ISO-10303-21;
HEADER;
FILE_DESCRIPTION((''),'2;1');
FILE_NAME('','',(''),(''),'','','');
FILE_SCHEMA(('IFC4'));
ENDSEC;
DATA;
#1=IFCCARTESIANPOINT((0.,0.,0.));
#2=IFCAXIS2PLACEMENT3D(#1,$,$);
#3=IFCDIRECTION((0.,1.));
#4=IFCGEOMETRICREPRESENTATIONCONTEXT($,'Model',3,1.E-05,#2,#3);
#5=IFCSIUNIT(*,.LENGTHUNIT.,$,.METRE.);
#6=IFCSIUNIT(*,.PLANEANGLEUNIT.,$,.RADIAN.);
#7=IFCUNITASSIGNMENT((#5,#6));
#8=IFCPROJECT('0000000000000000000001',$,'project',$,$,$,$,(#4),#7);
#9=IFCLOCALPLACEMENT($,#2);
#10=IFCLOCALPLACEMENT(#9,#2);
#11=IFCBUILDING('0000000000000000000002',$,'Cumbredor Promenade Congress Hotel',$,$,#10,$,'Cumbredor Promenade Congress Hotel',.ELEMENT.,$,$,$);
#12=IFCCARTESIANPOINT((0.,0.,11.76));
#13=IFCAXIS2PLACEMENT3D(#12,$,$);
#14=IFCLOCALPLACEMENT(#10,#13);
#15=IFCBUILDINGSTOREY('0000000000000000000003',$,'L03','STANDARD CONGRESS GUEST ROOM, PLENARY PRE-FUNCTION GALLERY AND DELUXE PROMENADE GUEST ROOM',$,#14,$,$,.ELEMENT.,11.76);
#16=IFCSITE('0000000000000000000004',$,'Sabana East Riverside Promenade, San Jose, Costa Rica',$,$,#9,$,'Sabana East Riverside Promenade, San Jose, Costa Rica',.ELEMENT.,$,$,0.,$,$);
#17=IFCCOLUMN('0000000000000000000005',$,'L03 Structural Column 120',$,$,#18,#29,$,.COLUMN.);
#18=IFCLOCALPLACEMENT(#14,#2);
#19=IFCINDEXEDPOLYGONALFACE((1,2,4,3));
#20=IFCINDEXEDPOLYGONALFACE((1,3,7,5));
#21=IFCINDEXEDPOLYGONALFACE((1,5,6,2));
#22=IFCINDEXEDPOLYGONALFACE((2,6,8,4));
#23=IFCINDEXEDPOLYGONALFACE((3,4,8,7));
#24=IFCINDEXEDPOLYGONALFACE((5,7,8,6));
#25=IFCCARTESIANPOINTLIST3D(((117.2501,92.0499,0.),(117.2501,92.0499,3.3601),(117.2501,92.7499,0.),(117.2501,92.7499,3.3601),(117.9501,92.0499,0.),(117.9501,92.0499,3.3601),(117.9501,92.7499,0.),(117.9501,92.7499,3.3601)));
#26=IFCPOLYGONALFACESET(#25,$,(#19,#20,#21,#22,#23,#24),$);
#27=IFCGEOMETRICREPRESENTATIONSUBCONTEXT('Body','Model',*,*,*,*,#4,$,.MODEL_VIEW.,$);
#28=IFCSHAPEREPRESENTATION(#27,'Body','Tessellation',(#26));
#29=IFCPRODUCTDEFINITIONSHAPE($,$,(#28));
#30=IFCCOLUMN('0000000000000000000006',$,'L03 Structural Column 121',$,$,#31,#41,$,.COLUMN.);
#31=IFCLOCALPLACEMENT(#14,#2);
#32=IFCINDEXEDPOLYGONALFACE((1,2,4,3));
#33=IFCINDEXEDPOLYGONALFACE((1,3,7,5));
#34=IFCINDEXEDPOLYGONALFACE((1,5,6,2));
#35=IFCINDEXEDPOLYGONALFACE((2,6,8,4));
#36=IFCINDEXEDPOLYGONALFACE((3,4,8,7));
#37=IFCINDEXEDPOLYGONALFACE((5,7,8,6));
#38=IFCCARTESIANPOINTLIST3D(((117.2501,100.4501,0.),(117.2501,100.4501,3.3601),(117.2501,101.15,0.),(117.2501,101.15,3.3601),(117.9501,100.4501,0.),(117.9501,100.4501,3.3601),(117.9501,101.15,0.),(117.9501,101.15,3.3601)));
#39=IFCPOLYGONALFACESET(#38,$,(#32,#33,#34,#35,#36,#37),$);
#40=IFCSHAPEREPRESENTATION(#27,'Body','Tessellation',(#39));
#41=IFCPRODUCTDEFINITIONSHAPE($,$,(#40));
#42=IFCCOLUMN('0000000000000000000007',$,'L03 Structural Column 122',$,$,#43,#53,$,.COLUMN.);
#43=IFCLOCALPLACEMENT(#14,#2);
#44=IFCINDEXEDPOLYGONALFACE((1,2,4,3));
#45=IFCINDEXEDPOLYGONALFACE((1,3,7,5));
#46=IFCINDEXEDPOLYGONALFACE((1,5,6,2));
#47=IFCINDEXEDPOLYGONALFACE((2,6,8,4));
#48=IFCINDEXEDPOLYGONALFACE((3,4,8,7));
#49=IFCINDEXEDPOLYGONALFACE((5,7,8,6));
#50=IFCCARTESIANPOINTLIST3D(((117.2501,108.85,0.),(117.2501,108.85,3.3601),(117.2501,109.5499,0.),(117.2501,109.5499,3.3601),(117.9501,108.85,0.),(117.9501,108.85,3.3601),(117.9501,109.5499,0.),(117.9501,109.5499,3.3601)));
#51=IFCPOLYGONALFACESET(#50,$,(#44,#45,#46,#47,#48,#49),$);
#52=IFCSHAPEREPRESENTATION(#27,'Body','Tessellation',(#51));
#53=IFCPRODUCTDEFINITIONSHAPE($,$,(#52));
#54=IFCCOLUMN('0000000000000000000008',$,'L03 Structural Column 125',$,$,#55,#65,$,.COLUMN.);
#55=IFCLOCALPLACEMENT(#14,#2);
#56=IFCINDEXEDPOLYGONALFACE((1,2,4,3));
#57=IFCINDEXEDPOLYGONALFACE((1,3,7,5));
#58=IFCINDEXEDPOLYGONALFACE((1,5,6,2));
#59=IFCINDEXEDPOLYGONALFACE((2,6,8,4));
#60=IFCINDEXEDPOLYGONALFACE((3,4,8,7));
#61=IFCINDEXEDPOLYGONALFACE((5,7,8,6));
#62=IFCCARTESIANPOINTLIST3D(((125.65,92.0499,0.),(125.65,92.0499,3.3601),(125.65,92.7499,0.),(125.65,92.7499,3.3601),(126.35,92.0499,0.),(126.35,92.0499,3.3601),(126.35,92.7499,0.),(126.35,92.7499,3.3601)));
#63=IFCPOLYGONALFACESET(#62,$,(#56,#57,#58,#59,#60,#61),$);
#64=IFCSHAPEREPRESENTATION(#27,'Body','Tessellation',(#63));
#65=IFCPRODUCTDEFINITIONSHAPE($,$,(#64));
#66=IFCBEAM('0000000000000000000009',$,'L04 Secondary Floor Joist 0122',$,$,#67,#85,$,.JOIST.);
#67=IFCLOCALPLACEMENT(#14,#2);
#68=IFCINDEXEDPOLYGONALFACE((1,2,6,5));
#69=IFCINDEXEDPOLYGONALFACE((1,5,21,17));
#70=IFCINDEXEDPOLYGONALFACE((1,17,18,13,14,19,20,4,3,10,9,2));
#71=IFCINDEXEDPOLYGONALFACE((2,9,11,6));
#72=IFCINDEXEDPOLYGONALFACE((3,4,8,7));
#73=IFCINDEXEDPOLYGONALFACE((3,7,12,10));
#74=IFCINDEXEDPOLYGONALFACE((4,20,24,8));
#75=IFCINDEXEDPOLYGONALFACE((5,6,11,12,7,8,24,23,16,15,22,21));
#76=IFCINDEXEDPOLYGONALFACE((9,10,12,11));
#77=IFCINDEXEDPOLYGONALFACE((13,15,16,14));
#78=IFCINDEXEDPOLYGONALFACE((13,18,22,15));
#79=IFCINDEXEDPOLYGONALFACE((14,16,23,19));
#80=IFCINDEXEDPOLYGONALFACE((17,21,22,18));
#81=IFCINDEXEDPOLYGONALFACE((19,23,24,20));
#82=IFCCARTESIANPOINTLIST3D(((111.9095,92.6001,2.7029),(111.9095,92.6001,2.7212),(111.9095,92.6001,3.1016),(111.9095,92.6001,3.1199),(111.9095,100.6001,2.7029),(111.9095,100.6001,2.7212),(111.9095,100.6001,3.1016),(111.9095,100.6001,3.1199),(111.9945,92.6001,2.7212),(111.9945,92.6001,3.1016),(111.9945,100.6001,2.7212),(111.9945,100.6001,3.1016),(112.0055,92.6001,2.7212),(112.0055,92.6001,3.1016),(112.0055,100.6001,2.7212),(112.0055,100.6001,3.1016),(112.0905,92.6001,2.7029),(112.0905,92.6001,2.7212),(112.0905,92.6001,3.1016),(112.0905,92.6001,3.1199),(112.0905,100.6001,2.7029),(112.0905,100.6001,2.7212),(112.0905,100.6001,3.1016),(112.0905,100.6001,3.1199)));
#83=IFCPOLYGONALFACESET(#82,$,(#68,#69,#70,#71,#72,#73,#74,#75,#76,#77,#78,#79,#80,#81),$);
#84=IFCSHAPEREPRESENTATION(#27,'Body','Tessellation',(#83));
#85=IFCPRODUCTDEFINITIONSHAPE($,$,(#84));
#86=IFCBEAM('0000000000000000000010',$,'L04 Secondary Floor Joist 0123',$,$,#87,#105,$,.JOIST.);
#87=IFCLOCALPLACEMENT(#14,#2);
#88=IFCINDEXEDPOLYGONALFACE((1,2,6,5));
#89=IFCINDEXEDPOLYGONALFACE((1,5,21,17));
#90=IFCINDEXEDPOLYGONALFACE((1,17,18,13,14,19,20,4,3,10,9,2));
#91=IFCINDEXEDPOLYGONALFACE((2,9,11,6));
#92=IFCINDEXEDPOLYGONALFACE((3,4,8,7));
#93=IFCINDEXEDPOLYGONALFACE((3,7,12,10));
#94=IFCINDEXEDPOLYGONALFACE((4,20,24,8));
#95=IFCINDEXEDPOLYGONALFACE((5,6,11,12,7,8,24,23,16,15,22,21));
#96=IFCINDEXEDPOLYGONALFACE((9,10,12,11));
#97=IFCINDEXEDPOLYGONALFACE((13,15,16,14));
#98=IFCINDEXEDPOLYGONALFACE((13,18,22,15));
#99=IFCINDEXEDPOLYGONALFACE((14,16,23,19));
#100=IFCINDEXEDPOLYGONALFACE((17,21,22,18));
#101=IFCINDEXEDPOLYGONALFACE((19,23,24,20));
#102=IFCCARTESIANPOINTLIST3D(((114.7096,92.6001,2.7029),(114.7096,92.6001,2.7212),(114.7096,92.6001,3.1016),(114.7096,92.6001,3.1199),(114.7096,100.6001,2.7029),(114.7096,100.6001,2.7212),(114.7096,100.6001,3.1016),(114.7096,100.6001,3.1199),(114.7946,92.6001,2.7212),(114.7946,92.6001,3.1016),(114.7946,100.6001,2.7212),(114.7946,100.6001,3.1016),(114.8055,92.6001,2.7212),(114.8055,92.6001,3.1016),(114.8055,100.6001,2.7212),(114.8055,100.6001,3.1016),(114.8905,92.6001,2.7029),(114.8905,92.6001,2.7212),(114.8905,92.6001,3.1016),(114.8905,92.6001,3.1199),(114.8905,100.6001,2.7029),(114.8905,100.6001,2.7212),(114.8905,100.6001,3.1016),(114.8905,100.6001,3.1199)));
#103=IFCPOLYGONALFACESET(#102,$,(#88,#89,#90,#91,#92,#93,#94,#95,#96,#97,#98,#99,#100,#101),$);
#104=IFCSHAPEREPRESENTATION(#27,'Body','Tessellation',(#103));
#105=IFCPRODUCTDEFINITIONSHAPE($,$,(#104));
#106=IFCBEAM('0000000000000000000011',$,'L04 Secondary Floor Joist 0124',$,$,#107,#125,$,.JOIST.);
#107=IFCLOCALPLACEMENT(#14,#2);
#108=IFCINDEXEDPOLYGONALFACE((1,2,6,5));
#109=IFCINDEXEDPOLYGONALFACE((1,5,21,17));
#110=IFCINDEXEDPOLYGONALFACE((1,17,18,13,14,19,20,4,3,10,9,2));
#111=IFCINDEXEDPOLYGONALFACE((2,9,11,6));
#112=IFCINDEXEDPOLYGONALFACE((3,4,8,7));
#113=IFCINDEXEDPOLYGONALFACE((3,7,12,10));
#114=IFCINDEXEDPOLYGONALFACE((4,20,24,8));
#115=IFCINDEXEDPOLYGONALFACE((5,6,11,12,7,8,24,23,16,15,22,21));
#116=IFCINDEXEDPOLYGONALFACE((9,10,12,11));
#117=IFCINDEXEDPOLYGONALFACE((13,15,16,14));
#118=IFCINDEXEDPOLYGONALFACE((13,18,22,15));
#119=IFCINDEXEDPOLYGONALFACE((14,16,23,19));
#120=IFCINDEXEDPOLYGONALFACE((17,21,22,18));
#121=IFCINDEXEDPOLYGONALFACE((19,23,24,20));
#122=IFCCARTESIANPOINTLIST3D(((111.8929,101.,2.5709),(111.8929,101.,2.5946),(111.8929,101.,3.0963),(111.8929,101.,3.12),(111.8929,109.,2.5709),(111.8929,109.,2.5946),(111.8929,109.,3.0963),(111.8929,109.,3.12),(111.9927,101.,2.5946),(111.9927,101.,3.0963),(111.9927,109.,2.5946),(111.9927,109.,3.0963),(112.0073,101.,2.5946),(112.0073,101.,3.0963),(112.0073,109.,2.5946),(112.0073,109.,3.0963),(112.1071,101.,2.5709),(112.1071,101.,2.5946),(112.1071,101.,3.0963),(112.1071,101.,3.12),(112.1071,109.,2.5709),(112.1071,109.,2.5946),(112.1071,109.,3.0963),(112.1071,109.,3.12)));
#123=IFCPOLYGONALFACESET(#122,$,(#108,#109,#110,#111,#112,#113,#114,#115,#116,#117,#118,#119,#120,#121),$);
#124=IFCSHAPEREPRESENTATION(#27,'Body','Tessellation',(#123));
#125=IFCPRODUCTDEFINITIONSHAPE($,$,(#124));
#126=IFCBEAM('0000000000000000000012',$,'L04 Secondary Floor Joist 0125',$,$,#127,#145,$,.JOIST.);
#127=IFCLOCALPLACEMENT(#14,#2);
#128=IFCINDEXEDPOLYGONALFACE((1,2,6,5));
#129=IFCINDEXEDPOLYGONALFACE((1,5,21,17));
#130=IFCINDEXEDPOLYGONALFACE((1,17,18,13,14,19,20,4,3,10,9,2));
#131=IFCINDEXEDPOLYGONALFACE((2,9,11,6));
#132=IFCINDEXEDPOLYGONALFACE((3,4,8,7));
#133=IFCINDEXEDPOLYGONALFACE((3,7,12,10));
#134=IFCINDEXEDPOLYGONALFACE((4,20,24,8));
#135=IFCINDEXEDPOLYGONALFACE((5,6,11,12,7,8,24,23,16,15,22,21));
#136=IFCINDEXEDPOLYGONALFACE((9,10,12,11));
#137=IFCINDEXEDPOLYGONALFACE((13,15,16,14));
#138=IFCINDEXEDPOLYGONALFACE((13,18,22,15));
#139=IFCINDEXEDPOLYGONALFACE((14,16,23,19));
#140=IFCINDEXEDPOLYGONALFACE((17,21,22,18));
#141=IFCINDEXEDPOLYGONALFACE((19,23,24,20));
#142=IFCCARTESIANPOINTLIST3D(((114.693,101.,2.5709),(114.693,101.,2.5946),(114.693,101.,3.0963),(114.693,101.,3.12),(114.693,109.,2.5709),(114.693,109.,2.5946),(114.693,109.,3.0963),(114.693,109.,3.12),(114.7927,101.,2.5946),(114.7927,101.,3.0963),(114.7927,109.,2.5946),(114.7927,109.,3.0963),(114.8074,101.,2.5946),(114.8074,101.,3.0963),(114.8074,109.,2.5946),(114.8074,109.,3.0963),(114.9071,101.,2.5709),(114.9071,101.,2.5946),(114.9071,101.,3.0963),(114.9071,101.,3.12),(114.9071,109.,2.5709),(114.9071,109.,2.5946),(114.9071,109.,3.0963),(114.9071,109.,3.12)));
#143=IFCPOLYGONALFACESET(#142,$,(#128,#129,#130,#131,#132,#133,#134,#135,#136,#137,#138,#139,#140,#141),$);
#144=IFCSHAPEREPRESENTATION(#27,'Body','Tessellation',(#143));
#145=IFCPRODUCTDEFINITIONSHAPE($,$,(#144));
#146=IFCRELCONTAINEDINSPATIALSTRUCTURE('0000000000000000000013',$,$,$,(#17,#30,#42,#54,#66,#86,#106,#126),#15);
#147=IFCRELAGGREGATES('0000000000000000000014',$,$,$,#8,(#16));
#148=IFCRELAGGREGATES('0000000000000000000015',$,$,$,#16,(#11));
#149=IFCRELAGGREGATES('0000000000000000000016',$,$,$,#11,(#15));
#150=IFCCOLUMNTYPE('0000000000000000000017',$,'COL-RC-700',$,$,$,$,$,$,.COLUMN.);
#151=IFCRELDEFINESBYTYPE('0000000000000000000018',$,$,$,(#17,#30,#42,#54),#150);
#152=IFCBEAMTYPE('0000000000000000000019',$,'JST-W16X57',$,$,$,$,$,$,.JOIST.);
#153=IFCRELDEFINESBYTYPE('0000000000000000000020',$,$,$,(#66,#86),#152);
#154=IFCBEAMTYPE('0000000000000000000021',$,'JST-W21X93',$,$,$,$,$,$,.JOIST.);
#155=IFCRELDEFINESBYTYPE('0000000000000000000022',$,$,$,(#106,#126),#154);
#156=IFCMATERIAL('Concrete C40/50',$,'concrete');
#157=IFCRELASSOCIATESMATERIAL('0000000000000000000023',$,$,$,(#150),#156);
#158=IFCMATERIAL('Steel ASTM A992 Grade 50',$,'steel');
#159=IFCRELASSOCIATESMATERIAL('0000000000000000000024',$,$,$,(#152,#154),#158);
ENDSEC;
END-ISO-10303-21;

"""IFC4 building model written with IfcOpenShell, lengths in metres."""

from ifc_helpers import new_model, si_unit, direction, frame, origin, origin_2d, place, context, subcontext, project, spatial, rectangle, i_section, extrude, material, material_profile, profile_set, type_object, element, save


model = new_model("IFC4")

# Units and contexts
model_context = context("Model", 3, precision=1e-05, world=origin(), true_north=direction((0.0, 1.0)))
body_context = subcontext(model_context, "Body", "Model", "MODEL_VIEW")
ifc_project = project(units=[si_unit("LENGTHUNIT", "METRE"), si_unit("PLANEANGLEUNIT", "RADIAN")], contexts=[model_context])

# Site, building, storey
site_placement = place(None, origin())
site = spatial("IfcSite", under=ifc_project, at=site_placement, Name="Sabana East Riverside Promenade, San Jose, Costa Rica", LongName="Sabana East Riverside Promenade, San Jose, Costa Rica", CompositionType="ELEMENT", RefElevation=0.0)
building_placement = place(site_placement, origin())
building = spatial("IfcBuilding", under=site, at=building_placement, Name="Cumbredor Promenade Congress Hotel", LongName="Cumbredor Promenade Congress Hotel", CompositionType="ELEMENT")
storey_placement = place(building_placement, frame((0.0, 0.0, 11.76)))
storey = spatial("IfcBuildingStorey", under=building, at=storey_placement, Name="L03", Description="STANDARD CONGRESS GUEST ROOM, PLENARY PRE-FUNCTION GALLERY AND DELUXE PROMENADE GUEST ROOM", CompositionType="ELEMENT", Elevation=11.76)

# Columns
ifc_material_1 = material(Name="Concrete C40/50", Category="concrete")
ifc_material_profile_1 = material_profile(ifc_material_1, rectangle(XDim=0.7, YDim=0.7, at=origin_2d()), Name="RC 700x700")
ifc_profile_set_1 = profile_set([ifc_material_profile_1], Name="Concrete C40/50")
column_type = type_object("IfcColumnType", Name="COL-RC-700", PredefinedType="COLUMN", material=ifc_profile_set_1)
for number, where, z_axis, x_axis, name in (
    (1, (117.6001, 92.3999, 0.0), (0.0, 0.0, 1.0), (1.0, 0.0, 0.0), "L03 Structural Column 120"),
    (2, (117.6001, 100.8, 0.0), (0.0, 0.0, 1.0), (1.0, 0.0, 0.0), "L03 Structural Column 121"),
    (3, (117.6001, 109.2, 0.0), (0.0, 0.0, 1.0), (1.0, 0.0, 0.0), "L03 Structural Column 122"),
    (4, (126.0, 92.3999, 0.0), (0.0, 0.0, 1.0), (1.0, 0.0, 0.0), "L03 Structural Column 125"),
):
    element("IfcColumn", number, at=place(storey_placement, frame(where, z_axis=z_axis, x_axis=x_axis)), inside=storey, type_object=column_type, Name=name, PredefinedType="COLUMN", context=body_context, shape_type="SweptSolid", body=[
        extrude(rectangle(XDim=0.7, YDim=0.7, at=origin_2d()), origin(), (0.0, 0.0, 1.0), 3.3601),
    ])

# Beams
ifc_material_2 = material(Name="Steel ASTM A992 Grade 50", Category="steel")
ifc_material_profile_2 = material_profile(ifc_material_2, i_section(OverallWidth=0.1809, OverallDepth=0.417, WebThickness=0.011, FlangeThickness=0.0183, at=origin_2d()), Name="W16X57")
ifc_profile_set_2 = profile_set([ifc_material_profile_2], Name="Steel ASTM A992 Grade 50")
beam_type_1 = type_object("IfcBeamType", Name="JST-W16X57", PredefinedType="JOIST", material=ifc_profile_set_2)
for number, where, z_axis, x_axis, name in (
    (5, (112.0, 92.6001, 2.9114), (0.0, 1.0, 0.0), (-1.0, 0.0, 0.0), "L04 Secondary Floor Joist 0122"),
    (6, (114.8, 92.6001, 2.9114), (0.0, 1.0, 0.0), (-1.0, 0.0, 0.0), "L04 Secondary Floor Joist 0123"),
):
    element("IfcBeam", number, at=place(storey_placement, frame(where, z_axis=z_axis, x_axis=x_axis)), inside=storey, type_object=beam_type_1, Name=name, PredefinedType="JOIST", context=body_context, shape_type="SweptSolid", body=[
        extrude(i_section(OverallWidth=0.1809, OverallDepth=0.417, WebThickness=0.011, FlangeThickness=0.0183, at=origin_2d()), origin(), (0.0, 0.0, 1.0), 8.0),
    ])
ifc_material_profile_3 = material_profile(ifc_material_2, i_section(OverallWidth=0.2141, OverallDepth=0.5491, WebThickness=0.0146, FlangeThickness=0.0237, at=origin_2d()), Name="W21X93")
ifc_profile_set_3 = profile_set([ifc_material_profile_3], Name="Steel ASTM A992 Grade 50")
beam_type_2 = type_object("IfcBeamType", Name="JST-W21X93", PredefinedType="JOIST", material=ifc_profile_set_3)
for number, where, z_axis, x_axis, name in (
    (7, (112.0, 101.0, 2.8455), (0.0, 1.0, 0.0), (-1.0, 0.0, 0.0), "L04 Secondary Floor Joist 0124"),
    (8, (114.8, 101.0, 2.8455), (0.0, 1.0, 0.0), (-1.0, 0.0, 0.0), "L04 Secondary Floor Joist 0125"),
):
    element("IfcBeam", number, at=place(storey_placement, frame(where, z_axis=z_axis, x_axis=x_axis)), inside=storey, type_object=beam_type_2, Name=name, PredefinedType="JOIST", context=body_context, shape_type="SweptSolid", body=[
        extrude(i_section(OverallWidth=0.2141, OverallDepth=0.5491, WebThickness=0.0146, FlangeThickness=0.0237, at=origin_2d()), origin(), (0.0, 0.0, 1.0), 8.0),
    ])

save(model, "model.ifc")
